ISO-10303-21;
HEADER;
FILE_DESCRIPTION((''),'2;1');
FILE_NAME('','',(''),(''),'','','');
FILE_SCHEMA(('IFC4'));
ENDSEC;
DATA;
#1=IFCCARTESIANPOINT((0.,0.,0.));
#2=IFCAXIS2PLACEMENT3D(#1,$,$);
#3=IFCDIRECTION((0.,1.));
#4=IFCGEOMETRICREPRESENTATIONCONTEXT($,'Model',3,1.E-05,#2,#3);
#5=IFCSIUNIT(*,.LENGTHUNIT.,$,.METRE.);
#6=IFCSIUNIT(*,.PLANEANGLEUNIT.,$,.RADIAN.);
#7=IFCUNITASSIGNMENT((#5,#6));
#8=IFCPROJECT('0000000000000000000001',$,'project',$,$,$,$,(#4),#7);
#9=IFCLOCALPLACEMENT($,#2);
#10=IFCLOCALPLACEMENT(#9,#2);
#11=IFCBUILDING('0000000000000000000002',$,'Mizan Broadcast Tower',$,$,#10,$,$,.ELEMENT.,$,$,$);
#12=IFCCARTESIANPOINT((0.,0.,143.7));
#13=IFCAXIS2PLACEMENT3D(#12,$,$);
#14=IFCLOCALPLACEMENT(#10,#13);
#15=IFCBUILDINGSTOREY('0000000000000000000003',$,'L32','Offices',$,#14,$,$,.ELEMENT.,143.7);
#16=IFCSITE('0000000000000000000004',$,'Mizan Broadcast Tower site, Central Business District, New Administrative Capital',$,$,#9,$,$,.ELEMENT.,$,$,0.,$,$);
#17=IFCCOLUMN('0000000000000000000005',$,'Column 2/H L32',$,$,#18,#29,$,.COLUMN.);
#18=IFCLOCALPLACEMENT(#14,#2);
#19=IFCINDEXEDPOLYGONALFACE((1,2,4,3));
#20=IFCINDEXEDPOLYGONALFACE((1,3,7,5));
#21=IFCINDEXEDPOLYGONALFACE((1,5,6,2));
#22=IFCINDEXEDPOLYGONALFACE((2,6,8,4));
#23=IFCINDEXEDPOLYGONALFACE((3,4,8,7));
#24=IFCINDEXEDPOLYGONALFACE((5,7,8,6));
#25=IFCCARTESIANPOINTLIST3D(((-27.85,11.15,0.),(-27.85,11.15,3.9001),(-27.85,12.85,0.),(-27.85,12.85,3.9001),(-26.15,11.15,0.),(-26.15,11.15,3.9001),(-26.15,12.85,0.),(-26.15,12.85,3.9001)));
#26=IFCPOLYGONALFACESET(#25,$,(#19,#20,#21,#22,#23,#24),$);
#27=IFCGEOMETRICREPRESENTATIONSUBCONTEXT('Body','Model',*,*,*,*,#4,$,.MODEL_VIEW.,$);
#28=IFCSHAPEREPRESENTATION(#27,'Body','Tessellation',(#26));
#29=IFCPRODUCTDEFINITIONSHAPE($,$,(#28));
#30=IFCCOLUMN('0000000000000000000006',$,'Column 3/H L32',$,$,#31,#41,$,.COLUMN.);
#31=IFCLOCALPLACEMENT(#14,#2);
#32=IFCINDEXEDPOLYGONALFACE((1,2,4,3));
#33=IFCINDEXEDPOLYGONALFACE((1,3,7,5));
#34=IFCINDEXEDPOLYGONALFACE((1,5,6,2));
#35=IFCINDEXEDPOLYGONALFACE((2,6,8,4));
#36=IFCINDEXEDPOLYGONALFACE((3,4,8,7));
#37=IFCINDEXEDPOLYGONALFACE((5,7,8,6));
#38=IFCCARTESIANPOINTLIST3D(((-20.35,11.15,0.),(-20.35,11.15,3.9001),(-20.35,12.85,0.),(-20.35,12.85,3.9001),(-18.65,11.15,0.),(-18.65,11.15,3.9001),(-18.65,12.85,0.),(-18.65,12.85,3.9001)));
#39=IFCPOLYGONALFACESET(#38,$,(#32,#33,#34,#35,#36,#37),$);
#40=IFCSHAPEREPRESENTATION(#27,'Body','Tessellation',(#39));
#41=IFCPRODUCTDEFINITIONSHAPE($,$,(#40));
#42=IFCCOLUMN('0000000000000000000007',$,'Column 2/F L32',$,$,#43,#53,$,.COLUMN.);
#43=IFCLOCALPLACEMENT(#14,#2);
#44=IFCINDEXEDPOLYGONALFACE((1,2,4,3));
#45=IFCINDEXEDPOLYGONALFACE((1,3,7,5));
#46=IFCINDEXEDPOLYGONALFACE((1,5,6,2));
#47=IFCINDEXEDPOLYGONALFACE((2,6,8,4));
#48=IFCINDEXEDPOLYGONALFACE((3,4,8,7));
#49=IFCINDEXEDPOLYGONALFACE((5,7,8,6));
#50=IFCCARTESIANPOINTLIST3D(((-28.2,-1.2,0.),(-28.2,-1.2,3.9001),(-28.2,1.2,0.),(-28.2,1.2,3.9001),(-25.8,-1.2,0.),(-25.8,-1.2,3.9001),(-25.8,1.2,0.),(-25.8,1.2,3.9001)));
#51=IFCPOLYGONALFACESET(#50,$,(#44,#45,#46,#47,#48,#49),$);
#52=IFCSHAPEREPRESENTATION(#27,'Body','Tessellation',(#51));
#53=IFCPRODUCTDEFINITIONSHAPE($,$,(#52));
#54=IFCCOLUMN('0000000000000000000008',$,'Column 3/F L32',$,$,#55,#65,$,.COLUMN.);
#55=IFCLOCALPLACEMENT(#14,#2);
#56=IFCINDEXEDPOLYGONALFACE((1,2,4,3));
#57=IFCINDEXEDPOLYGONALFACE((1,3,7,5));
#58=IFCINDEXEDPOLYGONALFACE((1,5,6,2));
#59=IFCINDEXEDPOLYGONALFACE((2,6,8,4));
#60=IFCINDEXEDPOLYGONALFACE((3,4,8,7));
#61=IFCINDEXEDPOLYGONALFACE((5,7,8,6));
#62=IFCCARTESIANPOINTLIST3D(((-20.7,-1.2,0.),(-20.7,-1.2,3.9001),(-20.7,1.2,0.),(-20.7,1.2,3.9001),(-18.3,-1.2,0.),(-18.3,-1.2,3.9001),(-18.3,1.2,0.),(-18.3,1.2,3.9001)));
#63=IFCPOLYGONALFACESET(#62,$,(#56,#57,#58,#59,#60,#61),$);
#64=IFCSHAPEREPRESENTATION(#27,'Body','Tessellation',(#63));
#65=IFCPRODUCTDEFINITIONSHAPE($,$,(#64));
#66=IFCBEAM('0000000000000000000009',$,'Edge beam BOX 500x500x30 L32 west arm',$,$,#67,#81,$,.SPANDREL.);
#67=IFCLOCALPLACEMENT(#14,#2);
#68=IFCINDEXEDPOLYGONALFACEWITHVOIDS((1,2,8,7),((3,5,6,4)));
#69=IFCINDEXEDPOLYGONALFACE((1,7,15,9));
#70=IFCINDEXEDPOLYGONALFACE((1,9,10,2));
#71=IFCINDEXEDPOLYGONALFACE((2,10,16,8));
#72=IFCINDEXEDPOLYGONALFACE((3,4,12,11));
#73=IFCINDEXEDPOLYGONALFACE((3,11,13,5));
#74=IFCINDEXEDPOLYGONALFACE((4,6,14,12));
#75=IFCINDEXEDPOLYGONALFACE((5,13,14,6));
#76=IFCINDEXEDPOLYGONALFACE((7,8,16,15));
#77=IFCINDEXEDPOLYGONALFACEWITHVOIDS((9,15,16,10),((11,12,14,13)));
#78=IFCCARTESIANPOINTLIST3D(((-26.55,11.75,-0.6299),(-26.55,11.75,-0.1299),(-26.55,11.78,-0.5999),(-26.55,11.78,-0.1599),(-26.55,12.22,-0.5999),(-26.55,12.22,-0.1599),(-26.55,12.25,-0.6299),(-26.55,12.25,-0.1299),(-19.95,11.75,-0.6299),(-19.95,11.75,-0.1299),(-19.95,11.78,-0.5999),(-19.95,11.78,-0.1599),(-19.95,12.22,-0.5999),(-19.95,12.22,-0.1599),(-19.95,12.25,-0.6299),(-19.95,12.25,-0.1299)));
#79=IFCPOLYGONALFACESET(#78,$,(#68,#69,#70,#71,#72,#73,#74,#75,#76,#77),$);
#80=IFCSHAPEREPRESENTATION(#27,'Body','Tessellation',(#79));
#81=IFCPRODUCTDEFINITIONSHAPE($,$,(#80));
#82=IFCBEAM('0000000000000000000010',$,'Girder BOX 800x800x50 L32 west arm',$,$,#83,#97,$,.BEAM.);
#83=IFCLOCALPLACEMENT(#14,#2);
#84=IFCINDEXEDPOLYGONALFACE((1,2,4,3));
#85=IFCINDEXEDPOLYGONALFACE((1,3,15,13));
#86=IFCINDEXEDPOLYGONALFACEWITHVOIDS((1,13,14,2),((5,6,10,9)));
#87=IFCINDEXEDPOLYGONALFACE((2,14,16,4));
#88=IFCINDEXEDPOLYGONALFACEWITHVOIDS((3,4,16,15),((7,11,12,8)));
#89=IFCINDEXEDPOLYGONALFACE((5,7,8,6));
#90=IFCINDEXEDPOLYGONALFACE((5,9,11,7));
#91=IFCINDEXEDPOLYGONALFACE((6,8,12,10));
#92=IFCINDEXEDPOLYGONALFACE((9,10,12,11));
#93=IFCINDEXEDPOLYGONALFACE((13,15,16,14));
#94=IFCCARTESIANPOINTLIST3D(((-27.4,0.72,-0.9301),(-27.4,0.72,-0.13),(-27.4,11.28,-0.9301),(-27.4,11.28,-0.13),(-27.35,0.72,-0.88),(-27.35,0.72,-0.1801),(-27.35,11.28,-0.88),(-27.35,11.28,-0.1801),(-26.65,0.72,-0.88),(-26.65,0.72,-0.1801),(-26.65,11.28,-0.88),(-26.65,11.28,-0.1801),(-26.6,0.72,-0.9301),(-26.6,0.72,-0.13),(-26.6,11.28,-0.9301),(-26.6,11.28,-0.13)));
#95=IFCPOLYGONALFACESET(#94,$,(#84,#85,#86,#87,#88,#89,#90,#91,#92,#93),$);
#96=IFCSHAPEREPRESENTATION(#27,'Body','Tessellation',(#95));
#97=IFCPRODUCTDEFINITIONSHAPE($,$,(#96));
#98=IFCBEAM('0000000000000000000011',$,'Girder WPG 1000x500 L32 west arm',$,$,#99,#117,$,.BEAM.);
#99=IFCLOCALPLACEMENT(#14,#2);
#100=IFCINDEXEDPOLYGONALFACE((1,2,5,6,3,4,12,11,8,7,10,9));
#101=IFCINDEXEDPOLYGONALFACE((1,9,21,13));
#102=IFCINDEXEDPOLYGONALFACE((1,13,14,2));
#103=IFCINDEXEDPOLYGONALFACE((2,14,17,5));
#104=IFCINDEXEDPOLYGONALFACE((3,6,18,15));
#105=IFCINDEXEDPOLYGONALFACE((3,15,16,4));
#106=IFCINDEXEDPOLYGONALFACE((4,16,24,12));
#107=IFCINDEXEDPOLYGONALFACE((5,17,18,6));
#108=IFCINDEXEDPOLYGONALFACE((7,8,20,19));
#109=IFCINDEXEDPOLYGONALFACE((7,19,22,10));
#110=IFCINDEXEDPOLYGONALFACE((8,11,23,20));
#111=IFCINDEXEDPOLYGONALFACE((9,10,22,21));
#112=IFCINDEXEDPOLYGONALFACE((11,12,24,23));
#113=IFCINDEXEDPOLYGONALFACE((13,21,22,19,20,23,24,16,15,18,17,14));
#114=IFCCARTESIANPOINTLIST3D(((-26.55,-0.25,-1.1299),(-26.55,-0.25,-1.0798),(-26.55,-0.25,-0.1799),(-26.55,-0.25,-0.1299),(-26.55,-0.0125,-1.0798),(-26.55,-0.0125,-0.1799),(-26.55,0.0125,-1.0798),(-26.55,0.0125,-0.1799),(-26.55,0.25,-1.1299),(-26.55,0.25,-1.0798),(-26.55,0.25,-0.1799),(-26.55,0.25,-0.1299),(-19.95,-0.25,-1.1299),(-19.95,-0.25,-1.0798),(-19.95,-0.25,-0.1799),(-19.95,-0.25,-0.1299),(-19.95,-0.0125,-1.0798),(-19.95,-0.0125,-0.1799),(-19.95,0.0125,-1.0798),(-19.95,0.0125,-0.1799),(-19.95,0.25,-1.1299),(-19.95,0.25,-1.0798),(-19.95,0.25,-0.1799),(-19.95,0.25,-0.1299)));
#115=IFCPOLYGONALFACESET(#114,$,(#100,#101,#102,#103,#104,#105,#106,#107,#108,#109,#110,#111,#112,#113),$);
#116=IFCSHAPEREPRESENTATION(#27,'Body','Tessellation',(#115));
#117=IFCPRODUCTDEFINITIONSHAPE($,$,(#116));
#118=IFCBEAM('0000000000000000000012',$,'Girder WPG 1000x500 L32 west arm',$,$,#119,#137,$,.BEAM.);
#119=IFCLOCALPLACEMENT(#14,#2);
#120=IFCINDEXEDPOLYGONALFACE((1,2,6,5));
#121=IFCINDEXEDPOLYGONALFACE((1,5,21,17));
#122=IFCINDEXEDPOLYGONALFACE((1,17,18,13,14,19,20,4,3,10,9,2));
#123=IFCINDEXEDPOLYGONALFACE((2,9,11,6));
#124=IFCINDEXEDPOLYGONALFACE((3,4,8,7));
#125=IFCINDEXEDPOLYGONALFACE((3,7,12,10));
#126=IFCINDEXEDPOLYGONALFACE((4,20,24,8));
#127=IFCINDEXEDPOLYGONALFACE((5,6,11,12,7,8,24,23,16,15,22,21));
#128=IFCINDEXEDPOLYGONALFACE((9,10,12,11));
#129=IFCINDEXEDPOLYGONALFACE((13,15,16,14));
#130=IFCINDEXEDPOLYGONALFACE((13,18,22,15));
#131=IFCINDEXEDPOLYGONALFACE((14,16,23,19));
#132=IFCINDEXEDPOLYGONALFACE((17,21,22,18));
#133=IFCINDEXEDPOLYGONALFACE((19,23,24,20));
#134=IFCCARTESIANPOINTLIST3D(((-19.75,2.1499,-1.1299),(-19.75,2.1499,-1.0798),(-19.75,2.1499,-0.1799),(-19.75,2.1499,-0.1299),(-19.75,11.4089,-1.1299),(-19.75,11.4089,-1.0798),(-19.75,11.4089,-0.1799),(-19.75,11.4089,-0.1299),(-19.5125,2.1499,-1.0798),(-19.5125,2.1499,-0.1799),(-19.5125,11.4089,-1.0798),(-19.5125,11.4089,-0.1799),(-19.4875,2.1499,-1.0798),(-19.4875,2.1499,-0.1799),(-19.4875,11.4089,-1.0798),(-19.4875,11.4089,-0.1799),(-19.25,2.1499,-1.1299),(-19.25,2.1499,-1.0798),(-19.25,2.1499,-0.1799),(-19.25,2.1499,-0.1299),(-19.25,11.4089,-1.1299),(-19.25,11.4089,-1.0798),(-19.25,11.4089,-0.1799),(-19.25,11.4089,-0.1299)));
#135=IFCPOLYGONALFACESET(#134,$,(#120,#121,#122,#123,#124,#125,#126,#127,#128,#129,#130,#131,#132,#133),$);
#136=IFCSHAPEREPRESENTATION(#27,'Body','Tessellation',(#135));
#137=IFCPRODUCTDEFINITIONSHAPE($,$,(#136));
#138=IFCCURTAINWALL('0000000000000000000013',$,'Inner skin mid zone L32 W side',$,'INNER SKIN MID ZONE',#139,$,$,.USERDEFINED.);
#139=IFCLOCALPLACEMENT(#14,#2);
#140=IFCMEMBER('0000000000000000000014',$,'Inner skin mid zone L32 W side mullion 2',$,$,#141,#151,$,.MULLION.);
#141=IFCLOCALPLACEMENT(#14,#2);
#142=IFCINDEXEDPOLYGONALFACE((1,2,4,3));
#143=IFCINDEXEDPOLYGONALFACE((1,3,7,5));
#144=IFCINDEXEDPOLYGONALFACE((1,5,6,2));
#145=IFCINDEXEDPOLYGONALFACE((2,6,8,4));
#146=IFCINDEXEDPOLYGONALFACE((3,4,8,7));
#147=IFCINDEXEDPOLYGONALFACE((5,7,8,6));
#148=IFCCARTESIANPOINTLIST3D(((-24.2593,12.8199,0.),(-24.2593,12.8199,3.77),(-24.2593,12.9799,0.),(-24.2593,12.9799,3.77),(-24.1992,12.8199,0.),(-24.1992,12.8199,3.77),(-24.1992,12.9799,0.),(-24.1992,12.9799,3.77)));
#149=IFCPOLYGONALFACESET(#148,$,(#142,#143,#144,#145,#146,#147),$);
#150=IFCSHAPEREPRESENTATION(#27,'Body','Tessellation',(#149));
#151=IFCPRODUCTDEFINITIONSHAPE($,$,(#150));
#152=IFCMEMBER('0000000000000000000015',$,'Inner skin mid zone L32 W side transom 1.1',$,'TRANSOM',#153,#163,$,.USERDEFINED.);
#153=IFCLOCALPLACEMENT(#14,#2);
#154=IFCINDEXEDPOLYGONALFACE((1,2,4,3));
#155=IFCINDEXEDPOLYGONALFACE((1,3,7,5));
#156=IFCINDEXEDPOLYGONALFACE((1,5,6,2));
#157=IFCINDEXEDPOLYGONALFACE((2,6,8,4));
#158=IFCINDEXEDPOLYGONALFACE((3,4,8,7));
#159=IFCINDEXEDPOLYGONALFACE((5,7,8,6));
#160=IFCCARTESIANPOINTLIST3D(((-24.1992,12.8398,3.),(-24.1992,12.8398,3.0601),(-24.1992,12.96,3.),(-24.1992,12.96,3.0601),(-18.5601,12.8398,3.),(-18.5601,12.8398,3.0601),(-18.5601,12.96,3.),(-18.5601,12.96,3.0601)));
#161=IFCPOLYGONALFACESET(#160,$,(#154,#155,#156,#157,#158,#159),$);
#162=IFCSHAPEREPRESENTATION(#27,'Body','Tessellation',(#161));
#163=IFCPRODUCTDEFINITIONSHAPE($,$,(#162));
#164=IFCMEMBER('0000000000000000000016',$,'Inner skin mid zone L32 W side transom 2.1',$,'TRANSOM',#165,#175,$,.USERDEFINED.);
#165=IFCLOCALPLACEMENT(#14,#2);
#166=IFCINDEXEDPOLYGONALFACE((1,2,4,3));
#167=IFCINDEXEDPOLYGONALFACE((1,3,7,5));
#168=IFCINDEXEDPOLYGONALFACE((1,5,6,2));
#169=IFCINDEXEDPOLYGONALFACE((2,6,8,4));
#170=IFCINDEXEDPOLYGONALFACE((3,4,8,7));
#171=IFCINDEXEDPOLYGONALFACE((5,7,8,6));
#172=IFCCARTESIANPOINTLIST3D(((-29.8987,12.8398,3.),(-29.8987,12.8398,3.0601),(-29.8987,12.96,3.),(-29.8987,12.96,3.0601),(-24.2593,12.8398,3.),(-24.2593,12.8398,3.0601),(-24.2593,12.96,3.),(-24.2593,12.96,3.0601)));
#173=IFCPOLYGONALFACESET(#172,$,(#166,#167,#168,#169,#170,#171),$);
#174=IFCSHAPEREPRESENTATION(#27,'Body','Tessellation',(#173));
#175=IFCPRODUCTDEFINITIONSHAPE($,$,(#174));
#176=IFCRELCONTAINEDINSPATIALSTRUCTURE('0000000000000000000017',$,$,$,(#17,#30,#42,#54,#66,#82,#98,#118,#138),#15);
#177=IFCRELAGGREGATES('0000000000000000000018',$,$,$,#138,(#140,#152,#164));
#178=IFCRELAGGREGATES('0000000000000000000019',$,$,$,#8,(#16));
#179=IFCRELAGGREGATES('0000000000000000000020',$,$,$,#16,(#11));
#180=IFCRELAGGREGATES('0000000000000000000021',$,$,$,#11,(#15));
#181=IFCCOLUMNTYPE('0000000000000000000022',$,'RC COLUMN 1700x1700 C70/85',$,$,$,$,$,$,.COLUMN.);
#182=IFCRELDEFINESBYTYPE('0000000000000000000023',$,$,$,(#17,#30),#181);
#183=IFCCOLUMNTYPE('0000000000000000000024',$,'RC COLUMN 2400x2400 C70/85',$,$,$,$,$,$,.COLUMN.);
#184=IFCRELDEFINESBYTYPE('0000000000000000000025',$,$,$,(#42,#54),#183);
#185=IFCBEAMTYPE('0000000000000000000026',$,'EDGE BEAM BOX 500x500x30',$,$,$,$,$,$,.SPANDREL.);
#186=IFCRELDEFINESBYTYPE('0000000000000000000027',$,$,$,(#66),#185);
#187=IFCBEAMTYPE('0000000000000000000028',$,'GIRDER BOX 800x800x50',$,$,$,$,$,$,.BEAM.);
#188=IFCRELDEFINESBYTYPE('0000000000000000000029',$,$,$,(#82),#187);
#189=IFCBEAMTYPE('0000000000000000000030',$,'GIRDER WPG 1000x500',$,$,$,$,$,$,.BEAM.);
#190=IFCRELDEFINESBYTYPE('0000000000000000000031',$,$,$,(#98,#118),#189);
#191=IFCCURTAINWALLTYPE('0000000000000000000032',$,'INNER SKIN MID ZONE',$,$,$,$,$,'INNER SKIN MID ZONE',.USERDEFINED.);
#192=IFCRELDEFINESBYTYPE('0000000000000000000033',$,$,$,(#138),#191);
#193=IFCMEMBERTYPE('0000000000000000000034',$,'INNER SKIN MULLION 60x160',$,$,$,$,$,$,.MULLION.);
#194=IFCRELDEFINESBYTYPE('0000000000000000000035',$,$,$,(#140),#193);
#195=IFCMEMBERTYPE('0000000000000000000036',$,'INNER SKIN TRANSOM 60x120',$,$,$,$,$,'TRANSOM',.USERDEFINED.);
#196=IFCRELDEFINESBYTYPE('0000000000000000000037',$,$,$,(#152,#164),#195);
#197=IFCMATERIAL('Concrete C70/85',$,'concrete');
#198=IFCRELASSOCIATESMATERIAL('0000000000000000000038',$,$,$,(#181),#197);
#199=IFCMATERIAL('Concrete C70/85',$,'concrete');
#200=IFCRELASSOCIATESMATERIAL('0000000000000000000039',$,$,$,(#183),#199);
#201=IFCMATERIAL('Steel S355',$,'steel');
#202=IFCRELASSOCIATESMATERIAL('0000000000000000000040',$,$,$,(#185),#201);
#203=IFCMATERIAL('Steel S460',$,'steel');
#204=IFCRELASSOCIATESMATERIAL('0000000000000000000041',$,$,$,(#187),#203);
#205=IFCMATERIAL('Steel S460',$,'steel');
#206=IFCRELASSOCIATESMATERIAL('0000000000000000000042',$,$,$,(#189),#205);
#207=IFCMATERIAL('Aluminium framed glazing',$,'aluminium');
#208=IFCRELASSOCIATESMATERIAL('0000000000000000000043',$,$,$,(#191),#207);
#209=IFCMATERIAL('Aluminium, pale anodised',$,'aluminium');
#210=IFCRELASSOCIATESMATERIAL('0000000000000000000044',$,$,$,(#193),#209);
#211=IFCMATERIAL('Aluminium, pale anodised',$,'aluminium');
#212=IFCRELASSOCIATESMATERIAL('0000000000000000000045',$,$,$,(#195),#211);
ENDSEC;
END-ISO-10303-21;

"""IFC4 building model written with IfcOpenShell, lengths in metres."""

from ifc_helpers import new_model, si_unit, direction, frame, origin, origin_2d, place, context, subcontext, project, spatial, rectangle, hollow_rectangle, i_section, extrude, material, material_profile, profile_set, type_object, element, aggregate, save


model = new_model("IFC4")

# Units and contexts
model_context = context("Model", 3, precision=1e-05, world=origin(), true_north=direction((0.0, 1.0)))
body_context = subcontext(model_context, "Body", "Model", "MODEL_VIEW")
ifc_project = project(units=[si_unit("LENGTHUNIT", "METRE"), si_unit("PLANEANGLEUNIT", "RADIAN")], contexts=[model_context])

# Site, building, storey
site_placement = place(None, origin())
site = spatial("IfcSite", under=ifc_project, at=site_placement, Name="Mizan Broadcast Tower site, Central Business District, New Administrative Capital", CompositionType="ELEMENT", RefElevation=0.0)
building_placement = place(site_placement, origin())
building = spatial("IfcBuilding", under=site, at=building_placement, Name="Mizan Broadcast Tower", CompositionType="ELEMENT")
storey_placement = place(building_placement, frame((0.0, 0.0, 143.7)))
storey = spatial("IfcBuildingStorey", under=building, at=storey_placement, Name="L32", Description="Offices", CompositionType="ELEMENT", Elevation=143.7)

# Columns
ifc_material_1 = material(Name="Concrete C70/85", Category="concrete")
ifc_material_profile_1 = material_profile(ifc_material_1, rectangle(XDim=1.7, YDim=1.7, at=origin_2d()), Name="RC 1700x1700")
ifc_profile_set_1 = profile_set([ifc_material_profile_1], Name="Concrete C70/85")
column_type_1 = type_object("IfcColumnType", Name="RC COLUMN 1700x1700 C70/85", PredefinedType="COLUMN", material=ifc_profile_set_1)
for number, where, z_axis, x_axis, name in (
    (1, (-27.0, 12.0, 0.0), (0.0, 0.0, 1.0), (1.0, 0.0, 0.0), "Column 2/H L32"),
    (2, (-19.5, 12.0, 0.0), (0.0, 0.0, 1.0), (1.0, 0.0, 0.0), "Column 3/H L32"),
):
    element("IfcColumn", number, at=place(storey_placement, frame(where, z_axis=z_axis, x_axis=x_axis)), inside=storey, type_object=column_type_1, Name=name, PredefinedType="COLUMN", context=body_context, shape_type="SweptSolid", body=[
        extrude(rectangle(XDim=1.7, YDim=1.7, at=origin_2d()), origin(), (0.0, 0.0, 1.0), 3.9001),
    ])
ifc_material_2 = material(Name="Concrete C70/85", Category="concrete")
ifc_material_profile_2 = material_profile(ifc_material_2, rectangle(XDim=2.3999, YDim=2.3999, at=origin_2d()), Name="RC 2400x2400")
ifc_profile_set_2 = profile_set([ifc_material_profile_2], Name="Concrete C70/85")
column_type_2 = type_object("IfcColumnType", Name="RC COLUMN 2400x2400 C70/85", PredefinedType="COLUMN", material=ifc_profile_set_2)
for number, where, z_axis, x_axis, name in (
    (3, (-27.0, 0.0, 0.0), (0.0, 0.0, 1.0), (1.0, 0.0, 0.0), "Column 2/F L32"),
    (4, (-19.5, 0.0, 0.0), (0.0, 0.0, 1.0), (1.0, 0.0, 0.0), "Column 3/F L32"),
):
    element("IfcColumn", number, at=place(storey_placement, frame(where, z_axis=z_axis, x_axis=x_axis)), inside=storey, type_object=column_type_2, Name=name, PredefinedType="COLUMN", context=body_context, shape_type="SweptSolid", body=[
        extrude(rectangle(XDim=2.3999, YDim=2.3999, at=origin_2d()), origin(), (0.0, 0.0, 1.0), 3.9001),
    ])

# Beams
ifc_material_3 = material(Name="Steel S355", Category="steel")
ifc_material_profile_3 = material_profile(ifc_material_3, hollow_rectangle(XDim=0.5, YDim=0.5, WallThickness=0.03, at=origin_2d()), Name="BOX 500x500x30")
ifc_profile_set_3 = profile_set([ifc_material_profile_3], Name="Steel S355")
beam_type_1 = type_object("IfcBeamType", Name="EDGE BEAM BOX 500x500x30", PredefinedType="SPANDREL", material=ifc_profile_set_3)
beam_1_placement = place(storey_placement, frame((-19.95, 12.0, -0.3799), z_axis=(-1.0, 0.0, 0.0), x_axis=(0.0, -1.0, 0.0)))
element("IfcBeam", 5, at=beam_1_placement, inside=storey, type_object=beam_type_1, Name="Edge beam BOX 500x500x30 L32 west arm", PredefinedType="SPANDREL", context=body_context, shape_type="SweptSolid", body=[
    extrude(hollow_rectangle(XDim=0.5, YDim=0.5, WallThickness=0.03, at=origin_2d()), origin(), (0.0, 0.0, 1.0), 6.6001),
])
ifc_material_4 = material(Name="Steel S460", Category="steel")
ifc_material_profile_4 = material_profile(ifc_material_4, hollow_rectangle(XDim=0.8, YDim=0.8, WallThickness=0.05, at=origin_2d()), Name="BOX 800x800x50")
ifc_profile_set_4 = profile_set([ifc_material_profile_4], Name="Steel S460")
beam_type_2 = type_object("IfcBeamType", Name="GIRDER BOX 800x800x50", PredefinedType="BEAM", material=ifc_profile_set_4)
beam_2_placement = place(storey_placement, frame((-27.0, 11.28, -0.53), z_axis=(0.0, -1.0, 0.0), x_axis=(1.0, 0.0, 0.0)))
element("IfcBeam", 6, at=beam_2_placement, inside=storey, type_object=beam_type_2, Name="Girder BOX 800x800x50 L32 west arm", PredefinedType="BEAM", context=body_context, shape_type="SweptSolid", body=[
    extrude(hollow_rectangle(XDim=0.8, YDim=0.8, WallThickness=0.05, at=origin_2d()), origin(), (0.0, 0.0, 1.0), 10.5601),
])
ifc_material_5 = material(Name="Steel S460", Category="steel")
ifc_material_profile_5 = material_profile(ifc_material_5, i_section(OverallWidth=0.5, OverallDepth=1.0, WebThickness=0.0249, FlangeThickness=0.05, at=origin_2d()), Name="WPG 1000x500")
ifc_profile_set_5 = profile_set([ifc_material_profile_5], Name="Steel S460")
beam_type_3 = type_object("IfcBeamType", Name="GIRDER WPG 1000x500", PredefinedType="BEAM", material=ifc_profile_set_5)
beam_3_placement = place(storey_placement, frame((-19.95, 0.0, -0.6299), z_axis=(-1.0, 0.0, 0.0), x_axis=(0.0, -1.0, 0.0)))
element("IfcBeam", 7, at=beam_3_placement, inside=storey, type_object=beam_type_3, Name="Girder WPG 1000x500 L32 west arm", PredefinedType="BEAM", context=body_context, shape_type="SweptSolid", body=[
    extrude(i_section(OverallWidth=0.5, OverallDepth=1.0, WebThickness=0.0249, FlangeThickness=0.05, at=origin_2d()), origin(), (0.0, 0.0, 1.0), 6.6001),
])
beam_4_placement = place(storey_placement, frame((-19.5, 11.4089, -0.6299), z_axis=(0.0, -1.0, 0.0), x_axis=(1.0, 0.0, 0.0)))
element("IfcBeam", 8, at=beam_4_placement, inside=storey, type_object=beam_type_3, Name="Girder WPG 1000x500 L32 west arm", PredefinedType="BEAM", context=body_context, shape_type="SweptSolid", body=[
    extrude(i_section(OverallWidth=0.5, OverallDepth=1.0, WebThickness=0.0249, FlangeThickness=0.05, at=origin_2d()), origin(), (0.0, 0.0, 1.0), 9.259),
])

# Curtain wall, members
ifc_material_6 = material(Name="Aluminium framed glazing", Category="aluminium")
curtain_wall_type_1 = type_object("IfcCurtainWallType", Name="INNER SKIN MID ZONE", ElementType="INNER SKIN MID ZONE", PredefinedType="USERDEFINED", material=ifc_material_6)
curtain_wall_1_placement = place(storey_placement, origin())
curtain_wall_1 = element("IfcCurtainWall", 9, at=curtain_wall_1_placement, inside=storey, type_object=curtain_wall_type_1, Name="Inner skin mid zone L32 W side", ObjectType="INNER SKIN MID ZONE", PredefinedType="USERDEFINED")
ifc_material_7 = material(Name="Aluminium, pale anodised", Category="aluminium")
ifc_material_profile_6 = material_profile(ifc_material_7, rectangle(XDim=0.1599, YDim=0.0601, at=origin_2d()), Name="MULLION 160x60")
ifc_profile_set_6 = profile_set([ifc_material_profile_6], Name="Aluminium, pale anodised")
member_type_1 = type_object("IfcMemberType", Name="INNER SKIN MULLION 60x160", PredefinedType="MULLION", material=ifc_profile_set_6)
member_1_placement = place(storey_placement, frame((-24.2292, 12.8999, 0.0), z_axis=(0.0, 0.0, 1.0), x_axis=(0.0, -1.0, 0.0)))
member_1 = element("IfcMember", 10, at=member_1_placement, type_object=member_type_1, Name="Inner skin mid zone L32 W side mullion 2", PredefinedType="MULLION", context=body_context, shape_type="SweptSolid", body=[
    extrude(rectangle(XDim=0.1599, YDim=0.0601, at=origin_2d()), origin(), (0.0, 0.0, 1.0), 3.77),
])
ifc_material_8 = material(Name="Aluminium, pale anodised", Category="aluminium")
ifc_material_profile_7 = material_profile(ifc_material_8, rectangle(XDim=0.1201, YDim=0.0601, at=origin_2d()), Name="TRANSOM 120x60")
ifc_profile_set_7 = profile_set([ifc_material_profile_7], Name="Aluminium, pale anodised")
member_type_2 = type_object("IfcMemberType", Name="INNER SKIN TRANSOM 60x120", ElementType="TRANSOM", PredefinedType="USERDEFINED", material=ifc_profile_set_7)
member_2_placement = place(storey_placement, frame((-18.5601, 12.8999, 3.03), z_axis=(-1.0, 0.0, 0.0), x_axis=(0.0, -1.0, 0.0)))
member_2 = element("IfcMember", 11, at=member_2_placement, type_object=member_type_2, Name="Inner skin mid zone L32 W side transom 1.1", ObjectType="TRANSOM", PredefinedType="USERDEFINED", context=body_context, shape_type="SweptSolid", body=[
    extrude(rectangle(XDim=0.1201, YDim=0.0601, at=origin_2d()), origin(), (0.0, 0.0, 1.0), 5.6392),
])
member_3_placement = place(storey_placement, frame((-24.2593, 12.8999, 3.03), z_axis=(-1.0, 0.0, 0.0), x_axis=(0.0, -1.0, 0.0)))
member_3 = element("IfcMember", 12, at=member_3_placement, type_object=member_type_2, Name="Inner skin mid zone L32 W side transom 2.1", ObjectType="TRANSOM", PredefinedType="USERDEFINED", context=body_context, shape_type="SweptSolid", body=[
    extrude(rectangle(XDim=0.1201, YDim=0.0601, at=origin_2d()), origin(), (0.0, 0.0, 1.0), 5.6394),
])

aggregate(curtain_wall_1, [member_1, member_2, member_3])

save(model, "model.ifc")
